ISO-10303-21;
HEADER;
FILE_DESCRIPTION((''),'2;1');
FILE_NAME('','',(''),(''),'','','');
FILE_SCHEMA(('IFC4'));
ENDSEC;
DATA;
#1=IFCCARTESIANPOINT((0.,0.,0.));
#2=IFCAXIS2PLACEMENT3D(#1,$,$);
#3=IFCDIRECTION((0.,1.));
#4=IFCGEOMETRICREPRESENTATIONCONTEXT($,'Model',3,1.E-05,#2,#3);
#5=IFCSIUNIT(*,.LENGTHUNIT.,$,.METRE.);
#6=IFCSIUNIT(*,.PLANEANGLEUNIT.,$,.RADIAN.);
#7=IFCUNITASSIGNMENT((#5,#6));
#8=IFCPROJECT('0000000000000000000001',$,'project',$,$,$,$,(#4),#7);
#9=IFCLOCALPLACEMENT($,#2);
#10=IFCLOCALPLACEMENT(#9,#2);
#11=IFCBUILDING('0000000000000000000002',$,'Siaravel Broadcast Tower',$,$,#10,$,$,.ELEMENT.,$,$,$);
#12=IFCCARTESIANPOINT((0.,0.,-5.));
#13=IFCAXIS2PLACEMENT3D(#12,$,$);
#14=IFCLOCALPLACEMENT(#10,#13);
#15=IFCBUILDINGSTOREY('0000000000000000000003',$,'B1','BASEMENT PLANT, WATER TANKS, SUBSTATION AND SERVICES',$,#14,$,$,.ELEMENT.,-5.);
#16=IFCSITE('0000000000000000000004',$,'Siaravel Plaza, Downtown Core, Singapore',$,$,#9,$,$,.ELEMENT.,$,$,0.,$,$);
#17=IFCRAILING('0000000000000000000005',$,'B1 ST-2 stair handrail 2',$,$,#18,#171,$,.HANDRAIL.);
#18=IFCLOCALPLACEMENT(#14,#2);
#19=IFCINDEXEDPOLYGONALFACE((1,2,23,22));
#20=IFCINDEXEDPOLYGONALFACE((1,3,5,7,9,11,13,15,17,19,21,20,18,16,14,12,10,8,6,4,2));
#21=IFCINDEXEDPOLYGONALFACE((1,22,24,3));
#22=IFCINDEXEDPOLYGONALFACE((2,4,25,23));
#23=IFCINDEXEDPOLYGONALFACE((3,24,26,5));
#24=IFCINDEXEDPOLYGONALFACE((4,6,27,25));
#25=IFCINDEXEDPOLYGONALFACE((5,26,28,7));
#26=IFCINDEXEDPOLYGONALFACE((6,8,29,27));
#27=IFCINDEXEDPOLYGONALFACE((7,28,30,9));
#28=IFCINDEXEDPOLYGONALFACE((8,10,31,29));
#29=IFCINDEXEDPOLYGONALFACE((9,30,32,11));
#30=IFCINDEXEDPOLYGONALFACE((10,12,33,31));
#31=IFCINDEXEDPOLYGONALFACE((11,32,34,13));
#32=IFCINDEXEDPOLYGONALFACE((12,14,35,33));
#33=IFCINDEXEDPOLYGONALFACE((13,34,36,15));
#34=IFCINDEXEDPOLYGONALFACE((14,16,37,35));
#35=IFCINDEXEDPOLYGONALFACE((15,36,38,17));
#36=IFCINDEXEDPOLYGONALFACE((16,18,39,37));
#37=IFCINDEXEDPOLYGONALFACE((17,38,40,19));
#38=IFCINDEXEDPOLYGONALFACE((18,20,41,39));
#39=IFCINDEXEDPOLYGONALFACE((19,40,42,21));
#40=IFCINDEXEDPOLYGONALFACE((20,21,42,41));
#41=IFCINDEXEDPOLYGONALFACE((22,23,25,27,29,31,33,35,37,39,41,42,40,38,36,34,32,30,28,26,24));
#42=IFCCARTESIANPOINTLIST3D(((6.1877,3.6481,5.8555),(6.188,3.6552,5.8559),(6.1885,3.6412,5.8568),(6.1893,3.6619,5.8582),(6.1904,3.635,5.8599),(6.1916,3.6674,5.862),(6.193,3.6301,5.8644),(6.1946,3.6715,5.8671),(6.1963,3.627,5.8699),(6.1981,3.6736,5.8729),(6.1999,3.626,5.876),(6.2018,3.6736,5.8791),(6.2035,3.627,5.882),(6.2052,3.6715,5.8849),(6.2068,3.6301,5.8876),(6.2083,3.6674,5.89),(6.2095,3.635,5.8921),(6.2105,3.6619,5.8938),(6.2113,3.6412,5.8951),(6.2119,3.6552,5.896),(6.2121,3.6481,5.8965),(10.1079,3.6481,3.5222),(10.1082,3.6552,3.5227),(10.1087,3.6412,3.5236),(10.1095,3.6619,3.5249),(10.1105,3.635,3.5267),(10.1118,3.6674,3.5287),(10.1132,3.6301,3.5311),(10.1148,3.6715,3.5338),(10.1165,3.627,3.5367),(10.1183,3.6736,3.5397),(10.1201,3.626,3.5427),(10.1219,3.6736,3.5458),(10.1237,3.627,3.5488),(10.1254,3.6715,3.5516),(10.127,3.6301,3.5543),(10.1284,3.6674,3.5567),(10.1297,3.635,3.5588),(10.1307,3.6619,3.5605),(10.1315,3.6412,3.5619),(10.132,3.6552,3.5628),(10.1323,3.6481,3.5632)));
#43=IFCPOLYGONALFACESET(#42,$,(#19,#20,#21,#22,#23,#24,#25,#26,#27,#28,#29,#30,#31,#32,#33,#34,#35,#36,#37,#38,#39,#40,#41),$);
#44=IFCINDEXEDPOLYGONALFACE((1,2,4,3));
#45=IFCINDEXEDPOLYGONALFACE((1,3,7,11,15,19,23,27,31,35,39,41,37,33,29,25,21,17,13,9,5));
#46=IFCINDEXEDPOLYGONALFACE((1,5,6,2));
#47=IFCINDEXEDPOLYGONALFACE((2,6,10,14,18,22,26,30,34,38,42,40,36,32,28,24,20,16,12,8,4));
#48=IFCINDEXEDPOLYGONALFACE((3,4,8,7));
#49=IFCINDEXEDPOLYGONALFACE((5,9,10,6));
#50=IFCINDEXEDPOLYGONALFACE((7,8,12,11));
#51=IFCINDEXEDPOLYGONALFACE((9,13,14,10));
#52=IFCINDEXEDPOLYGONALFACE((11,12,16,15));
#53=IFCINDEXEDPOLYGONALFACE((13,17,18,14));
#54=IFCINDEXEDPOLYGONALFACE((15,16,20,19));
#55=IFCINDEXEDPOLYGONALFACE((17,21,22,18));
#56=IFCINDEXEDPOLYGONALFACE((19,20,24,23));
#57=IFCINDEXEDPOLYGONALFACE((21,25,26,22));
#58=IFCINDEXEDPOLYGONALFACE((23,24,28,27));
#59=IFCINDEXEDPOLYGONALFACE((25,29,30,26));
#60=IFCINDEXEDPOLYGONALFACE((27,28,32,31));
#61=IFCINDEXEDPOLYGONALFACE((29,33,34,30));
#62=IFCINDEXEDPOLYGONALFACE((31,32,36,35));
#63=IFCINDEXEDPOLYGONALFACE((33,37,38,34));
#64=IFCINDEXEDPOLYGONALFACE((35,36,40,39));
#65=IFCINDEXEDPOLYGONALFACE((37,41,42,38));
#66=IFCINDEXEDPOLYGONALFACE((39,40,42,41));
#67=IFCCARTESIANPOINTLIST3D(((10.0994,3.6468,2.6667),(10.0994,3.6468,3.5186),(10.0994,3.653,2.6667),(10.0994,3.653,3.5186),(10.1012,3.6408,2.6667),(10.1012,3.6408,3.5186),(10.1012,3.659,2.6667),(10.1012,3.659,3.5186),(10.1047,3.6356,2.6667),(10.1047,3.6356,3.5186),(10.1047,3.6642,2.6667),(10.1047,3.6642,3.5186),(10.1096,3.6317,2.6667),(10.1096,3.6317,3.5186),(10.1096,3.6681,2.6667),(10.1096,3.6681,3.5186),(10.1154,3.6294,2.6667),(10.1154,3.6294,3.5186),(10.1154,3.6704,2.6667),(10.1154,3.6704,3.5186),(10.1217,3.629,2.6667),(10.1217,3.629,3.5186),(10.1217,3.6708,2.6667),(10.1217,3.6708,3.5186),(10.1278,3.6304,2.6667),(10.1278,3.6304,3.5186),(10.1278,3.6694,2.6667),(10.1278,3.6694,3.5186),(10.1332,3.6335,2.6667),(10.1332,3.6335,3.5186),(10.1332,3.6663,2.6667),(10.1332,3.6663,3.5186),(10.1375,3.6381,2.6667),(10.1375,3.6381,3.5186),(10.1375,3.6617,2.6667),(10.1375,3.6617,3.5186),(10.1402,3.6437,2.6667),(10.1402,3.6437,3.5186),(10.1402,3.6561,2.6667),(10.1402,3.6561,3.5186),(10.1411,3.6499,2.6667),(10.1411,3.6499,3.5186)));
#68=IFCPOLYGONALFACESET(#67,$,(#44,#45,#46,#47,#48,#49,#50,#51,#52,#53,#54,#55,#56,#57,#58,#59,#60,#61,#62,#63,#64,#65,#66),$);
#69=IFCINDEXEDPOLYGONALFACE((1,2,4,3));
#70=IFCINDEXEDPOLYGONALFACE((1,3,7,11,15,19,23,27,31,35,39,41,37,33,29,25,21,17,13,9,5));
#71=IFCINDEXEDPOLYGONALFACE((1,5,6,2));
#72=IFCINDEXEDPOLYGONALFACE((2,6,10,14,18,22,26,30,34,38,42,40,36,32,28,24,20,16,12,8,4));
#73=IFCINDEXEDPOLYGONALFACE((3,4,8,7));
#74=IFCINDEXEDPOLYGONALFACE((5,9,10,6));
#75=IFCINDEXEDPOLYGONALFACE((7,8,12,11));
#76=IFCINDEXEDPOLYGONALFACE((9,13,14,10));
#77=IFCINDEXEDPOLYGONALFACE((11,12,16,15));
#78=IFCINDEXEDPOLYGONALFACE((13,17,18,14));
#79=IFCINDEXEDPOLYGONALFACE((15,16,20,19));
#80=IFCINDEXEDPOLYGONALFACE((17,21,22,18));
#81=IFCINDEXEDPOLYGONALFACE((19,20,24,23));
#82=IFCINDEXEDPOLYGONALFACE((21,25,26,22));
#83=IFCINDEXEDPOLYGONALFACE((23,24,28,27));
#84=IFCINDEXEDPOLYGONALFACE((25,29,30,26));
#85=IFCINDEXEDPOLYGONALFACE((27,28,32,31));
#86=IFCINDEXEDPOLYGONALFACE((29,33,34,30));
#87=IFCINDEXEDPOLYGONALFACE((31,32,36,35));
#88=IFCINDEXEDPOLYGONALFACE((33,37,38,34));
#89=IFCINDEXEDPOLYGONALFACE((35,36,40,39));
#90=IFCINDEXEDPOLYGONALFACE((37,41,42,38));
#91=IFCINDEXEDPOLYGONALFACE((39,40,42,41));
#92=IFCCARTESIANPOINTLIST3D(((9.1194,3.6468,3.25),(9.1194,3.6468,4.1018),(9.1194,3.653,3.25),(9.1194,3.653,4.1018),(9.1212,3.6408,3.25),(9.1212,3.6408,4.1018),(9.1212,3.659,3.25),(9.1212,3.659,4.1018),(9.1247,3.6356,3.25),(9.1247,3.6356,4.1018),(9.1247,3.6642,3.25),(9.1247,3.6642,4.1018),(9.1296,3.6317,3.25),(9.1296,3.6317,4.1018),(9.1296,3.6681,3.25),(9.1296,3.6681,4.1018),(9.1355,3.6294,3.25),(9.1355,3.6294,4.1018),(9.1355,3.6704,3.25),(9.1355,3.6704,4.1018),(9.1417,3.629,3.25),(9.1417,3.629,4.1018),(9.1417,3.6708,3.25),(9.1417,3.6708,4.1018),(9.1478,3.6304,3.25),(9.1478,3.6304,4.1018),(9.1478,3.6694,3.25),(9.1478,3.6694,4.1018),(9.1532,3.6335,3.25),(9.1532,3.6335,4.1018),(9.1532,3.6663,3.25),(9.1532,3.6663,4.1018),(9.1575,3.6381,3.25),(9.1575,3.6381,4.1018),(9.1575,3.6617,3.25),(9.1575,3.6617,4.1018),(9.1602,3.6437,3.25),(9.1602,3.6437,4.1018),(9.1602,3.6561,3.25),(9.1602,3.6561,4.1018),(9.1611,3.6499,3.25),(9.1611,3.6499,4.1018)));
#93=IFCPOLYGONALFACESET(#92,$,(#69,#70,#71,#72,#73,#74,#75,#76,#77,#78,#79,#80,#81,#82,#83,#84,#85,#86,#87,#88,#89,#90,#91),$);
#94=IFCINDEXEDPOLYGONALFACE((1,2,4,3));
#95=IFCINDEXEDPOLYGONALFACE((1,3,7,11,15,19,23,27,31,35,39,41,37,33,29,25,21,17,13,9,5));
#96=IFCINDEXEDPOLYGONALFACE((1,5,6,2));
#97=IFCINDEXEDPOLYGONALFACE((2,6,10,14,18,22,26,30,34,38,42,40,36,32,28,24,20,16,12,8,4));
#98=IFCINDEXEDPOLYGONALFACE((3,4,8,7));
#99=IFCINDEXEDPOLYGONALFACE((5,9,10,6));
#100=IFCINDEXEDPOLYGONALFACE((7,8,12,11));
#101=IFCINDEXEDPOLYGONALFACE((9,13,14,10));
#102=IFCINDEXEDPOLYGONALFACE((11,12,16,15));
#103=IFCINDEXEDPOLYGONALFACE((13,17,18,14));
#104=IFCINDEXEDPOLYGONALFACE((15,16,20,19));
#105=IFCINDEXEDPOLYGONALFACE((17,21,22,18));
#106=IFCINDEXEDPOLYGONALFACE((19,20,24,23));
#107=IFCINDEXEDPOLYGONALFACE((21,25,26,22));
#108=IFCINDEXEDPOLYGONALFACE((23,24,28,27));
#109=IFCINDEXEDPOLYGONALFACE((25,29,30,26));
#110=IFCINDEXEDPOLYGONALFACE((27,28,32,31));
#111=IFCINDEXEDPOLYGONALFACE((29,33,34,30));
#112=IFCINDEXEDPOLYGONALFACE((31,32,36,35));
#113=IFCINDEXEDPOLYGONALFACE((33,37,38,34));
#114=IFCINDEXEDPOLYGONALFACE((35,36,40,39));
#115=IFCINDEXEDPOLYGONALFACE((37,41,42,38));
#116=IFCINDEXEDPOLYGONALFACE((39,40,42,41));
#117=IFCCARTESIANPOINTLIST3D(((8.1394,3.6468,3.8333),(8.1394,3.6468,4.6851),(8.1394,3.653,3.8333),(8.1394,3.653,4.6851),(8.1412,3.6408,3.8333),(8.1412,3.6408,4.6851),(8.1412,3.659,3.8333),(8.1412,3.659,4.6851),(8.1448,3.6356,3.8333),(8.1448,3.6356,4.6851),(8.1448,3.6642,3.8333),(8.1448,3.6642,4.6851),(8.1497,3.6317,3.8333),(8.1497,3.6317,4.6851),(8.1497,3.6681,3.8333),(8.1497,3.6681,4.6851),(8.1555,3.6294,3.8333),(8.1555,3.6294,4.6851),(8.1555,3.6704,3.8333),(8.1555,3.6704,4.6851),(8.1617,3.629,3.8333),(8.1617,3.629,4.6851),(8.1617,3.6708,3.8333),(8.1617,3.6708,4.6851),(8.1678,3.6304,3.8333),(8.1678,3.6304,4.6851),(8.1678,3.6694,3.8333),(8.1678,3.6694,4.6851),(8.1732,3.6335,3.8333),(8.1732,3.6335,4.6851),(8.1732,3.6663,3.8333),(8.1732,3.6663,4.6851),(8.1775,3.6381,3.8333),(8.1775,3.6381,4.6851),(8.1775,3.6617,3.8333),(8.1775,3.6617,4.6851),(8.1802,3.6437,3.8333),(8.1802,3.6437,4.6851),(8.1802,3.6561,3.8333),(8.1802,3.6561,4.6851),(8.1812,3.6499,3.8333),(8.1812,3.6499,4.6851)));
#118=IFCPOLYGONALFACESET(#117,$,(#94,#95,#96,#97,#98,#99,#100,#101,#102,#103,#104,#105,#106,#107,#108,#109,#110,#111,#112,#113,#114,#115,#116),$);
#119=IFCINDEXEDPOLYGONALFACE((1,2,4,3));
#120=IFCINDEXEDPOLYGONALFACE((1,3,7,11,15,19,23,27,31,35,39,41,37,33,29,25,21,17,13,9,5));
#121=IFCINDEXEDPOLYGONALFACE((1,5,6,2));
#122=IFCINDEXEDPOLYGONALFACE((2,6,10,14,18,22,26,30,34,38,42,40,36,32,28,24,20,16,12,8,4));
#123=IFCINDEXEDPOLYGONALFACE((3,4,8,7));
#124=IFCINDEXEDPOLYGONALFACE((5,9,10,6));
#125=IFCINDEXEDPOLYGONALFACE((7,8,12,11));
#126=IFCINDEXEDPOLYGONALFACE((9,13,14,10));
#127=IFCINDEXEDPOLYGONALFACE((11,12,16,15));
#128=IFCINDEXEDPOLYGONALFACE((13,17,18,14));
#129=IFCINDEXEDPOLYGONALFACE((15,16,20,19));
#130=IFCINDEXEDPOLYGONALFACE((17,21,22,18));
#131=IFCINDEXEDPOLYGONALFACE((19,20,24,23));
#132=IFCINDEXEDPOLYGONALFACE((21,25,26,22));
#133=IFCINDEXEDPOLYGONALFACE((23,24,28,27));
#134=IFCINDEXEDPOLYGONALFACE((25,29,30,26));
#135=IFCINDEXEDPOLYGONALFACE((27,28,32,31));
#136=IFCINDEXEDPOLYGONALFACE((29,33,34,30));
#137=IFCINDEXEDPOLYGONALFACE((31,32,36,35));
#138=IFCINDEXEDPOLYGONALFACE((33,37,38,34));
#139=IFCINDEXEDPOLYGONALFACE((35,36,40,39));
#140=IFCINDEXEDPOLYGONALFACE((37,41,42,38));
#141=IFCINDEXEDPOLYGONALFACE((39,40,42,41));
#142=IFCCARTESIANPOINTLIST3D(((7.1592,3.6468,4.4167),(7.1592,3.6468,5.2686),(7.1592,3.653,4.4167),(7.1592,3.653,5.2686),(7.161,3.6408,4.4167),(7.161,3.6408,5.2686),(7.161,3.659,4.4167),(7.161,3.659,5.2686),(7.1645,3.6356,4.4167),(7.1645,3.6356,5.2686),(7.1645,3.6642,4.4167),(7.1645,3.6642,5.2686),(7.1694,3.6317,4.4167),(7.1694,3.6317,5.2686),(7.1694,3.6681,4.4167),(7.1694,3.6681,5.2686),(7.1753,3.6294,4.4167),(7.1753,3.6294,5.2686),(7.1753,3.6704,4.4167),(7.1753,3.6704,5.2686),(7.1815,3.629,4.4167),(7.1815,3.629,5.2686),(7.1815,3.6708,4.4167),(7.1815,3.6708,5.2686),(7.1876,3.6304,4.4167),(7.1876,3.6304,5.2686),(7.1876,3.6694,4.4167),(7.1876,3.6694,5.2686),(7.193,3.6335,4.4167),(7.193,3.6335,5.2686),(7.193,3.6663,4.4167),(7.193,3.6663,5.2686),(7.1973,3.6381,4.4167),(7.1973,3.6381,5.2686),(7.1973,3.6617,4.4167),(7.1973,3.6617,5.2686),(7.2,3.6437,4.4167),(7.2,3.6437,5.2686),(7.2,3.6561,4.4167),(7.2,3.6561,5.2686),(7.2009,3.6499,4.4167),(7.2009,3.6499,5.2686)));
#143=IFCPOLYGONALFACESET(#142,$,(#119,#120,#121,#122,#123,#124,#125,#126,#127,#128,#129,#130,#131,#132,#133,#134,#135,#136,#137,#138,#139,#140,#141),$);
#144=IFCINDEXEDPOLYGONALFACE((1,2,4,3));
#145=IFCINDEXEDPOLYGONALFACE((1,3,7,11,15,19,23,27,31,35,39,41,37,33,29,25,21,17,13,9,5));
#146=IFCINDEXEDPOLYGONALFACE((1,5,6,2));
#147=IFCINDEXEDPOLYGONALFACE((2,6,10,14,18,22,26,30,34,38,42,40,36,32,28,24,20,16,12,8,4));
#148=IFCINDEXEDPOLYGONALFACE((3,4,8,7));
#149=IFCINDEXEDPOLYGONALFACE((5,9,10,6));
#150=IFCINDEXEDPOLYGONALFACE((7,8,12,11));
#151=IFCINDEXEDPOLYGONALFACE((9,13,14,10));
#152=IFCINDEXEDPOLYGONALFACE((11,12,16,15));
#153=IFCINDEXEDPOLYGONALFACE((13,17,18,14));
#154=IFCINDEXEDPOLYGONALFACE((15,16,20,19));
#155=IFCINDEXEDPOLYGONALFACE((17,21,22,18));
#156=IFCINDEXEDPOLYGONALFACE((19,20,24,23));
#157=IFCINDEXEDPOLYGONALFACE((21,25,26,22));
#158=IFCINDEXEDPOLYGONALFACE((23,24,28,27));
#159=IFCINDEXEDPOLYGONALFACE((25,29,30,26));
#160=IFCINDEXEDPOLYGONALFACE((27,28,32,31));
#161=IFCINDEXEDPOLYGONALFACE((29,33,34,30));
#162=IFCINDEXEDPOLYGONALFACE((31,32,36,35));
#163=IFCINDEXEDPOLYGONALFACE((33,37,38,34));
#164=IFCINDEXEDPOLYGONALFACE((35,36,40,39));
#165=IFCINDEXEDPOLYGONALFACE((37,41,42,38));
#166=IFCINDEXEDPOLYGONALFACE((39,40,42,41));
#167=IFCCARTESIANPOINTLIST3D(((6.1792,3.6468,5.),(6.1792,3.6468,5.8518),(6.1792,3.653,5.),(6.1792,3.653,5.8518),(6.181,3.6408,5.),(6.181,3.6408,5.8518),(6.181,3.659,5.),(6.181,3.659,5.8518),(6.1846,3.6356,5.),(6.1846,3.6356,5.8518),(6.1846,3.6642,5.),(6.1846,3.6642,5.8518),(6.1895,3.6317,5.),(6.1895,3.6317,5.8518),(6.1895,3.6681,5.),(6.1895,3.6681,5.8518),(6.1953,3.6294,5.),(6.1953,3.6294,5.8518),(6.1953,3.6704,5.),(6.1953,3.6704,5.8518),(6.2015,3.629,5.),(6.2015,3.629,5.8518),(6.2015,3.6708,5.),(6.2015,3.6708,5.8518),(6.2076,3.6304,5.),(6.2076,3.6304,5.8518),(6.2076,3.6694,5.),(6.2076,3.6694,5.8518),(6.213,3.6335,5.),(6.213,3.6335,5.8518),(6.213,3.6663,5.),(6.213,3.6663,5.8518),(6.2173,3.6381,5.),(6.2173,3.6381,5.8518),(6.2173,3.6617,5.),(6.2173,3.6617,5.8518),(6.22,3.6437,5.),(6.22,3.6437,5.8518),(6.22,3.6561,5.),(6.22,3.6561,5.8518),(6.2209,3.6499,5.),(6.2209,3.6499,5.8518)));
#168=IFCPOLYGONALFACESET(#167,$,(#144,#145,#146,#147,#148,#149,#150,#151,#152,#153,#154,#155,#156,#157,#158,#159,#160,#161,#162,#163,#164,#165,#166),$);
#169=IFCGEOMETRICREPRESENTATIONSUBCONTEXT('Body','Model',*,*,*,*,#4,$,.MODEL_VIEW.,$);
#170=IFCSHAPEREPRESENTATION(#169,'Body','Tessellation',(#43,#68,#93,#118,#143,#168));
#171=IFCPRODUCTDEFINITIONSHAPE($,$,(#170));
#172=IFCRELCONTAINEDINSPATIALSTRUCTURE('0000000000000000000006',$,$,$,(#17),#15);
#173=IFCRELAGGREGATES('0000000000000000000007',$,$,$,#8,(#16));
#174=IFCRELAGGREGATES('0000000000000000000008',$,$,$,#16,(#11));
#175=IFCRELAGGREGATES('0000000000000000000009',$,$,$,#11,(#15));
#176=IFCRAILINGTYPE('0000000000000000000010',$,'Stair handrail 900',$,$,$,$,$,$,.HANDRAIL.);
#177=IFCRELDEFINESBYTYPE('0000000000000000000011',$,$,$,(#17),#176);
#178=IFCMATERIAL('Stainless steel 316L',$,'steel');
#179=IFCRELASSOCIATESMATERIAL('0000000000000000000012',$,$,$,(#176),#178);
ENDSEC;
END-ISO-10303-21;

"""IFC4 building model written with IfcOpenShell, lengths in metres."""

from ifc_helpers import new_model, si_unit, direction, frame, origin, origin_2d, place, context, subcontext, project, spatial, circle, extrude, material, type_object, element, save


model = new_model("IFC4")

# Units and contexts
model_context = context("Model", 3, precision=1e-05, world=origin(), true_north=direction((0.0, 1.0)))
body_context = subcontext(model_context, "Body", "Model", "MODEL_VIEW")
ifc_project = project(units=[si_unit("LENGTHUNIT", "METRE"), si_unit("PLANEANGLEUNIT", "RADIAN")], contexts=[model_context])

# Site, building, storey
site_placement = place(None, origin())
site = spatial("IfcSite", under=ifc_project, at=site_placement, Name="Siaravel Plaza, Downtown Core, Singapore", CompositionType="ELEMENT", RefElevation=0.0)
building_placement = place(site_placement, origin())
building = spatial("IfcBuilding", under=site, at=building_placement, Name="Siaravel Broadcast Tower", CompositionType="ELEMENT")
storey_placement = place(building_placement, frame((0.0, 0.0, -5.0)))
storey = spatial("IfcBuildingStorey", under=building, at=storey_placement, Name="B1", Description="BASEMENT PLANT, WATER TANKS, SUBSTATION AND SERVICES", CompositionType="ELEMENT", Elevation=-5.0)

# Railing
ifc_material_1 = material(Name="Stainless steel 316L", Category="steel")
railing_type_1 = type_object("IfcRailingType", Name="Stair handrail 900", PredefinedType="HANDRAIL", material=ifc_material_1)
railing_1_placement = place(storey_placement, frame((10.1201, 3.6499, 2.6667)))
element("IfcRailing", 1, at=railing_1_placement, inside=storey, type_object=railing_type_1, Name="B1 ST-2 stair handrail 2", PredefinedType="HANDRAIL", context=body_context, shape_type="SweptSolid", body=[
    extrude(circle(Radius=0.0239, at=origin_2d()), frame((0.0, 0.0, 0.876), z_axis=(-0.85931, 0.0, 0.511455), x_axis=(0.0, -1.0, 0.0)), (0.0, 0.0, 1.0), 4.562),
    extrude(circle(Radius=0.021, at=origin_2d()), origin(), (0.0, 0.0, 1.0), 0.8518),
    extrude(circle(Radius=0.021, at=origin_2d()), frame((-0.98, 0.0, 0.5833)), (0.0, 0.0, 1.0), 0.8518),
    extrude(circle(Radius=0.021, at=origin_2d()), frame((-1.96, 0.0, 1.1665)), (0.0, 0.0, 1.0), 0.8518),
    extrude(circle(Radius=0.021, at=origin_2d()), frame((-2.9402, 0.0, 1.75)), (0.0, 0.0, 1.0), 0.8518),
    extrude(circle(Radius=0.021, at=origin_2d()), frame((-3.9202, 0.0, 2.3333)), (0.0, 0.0, 1.0), 0.8518),
])

save(model, "model.ifc")
